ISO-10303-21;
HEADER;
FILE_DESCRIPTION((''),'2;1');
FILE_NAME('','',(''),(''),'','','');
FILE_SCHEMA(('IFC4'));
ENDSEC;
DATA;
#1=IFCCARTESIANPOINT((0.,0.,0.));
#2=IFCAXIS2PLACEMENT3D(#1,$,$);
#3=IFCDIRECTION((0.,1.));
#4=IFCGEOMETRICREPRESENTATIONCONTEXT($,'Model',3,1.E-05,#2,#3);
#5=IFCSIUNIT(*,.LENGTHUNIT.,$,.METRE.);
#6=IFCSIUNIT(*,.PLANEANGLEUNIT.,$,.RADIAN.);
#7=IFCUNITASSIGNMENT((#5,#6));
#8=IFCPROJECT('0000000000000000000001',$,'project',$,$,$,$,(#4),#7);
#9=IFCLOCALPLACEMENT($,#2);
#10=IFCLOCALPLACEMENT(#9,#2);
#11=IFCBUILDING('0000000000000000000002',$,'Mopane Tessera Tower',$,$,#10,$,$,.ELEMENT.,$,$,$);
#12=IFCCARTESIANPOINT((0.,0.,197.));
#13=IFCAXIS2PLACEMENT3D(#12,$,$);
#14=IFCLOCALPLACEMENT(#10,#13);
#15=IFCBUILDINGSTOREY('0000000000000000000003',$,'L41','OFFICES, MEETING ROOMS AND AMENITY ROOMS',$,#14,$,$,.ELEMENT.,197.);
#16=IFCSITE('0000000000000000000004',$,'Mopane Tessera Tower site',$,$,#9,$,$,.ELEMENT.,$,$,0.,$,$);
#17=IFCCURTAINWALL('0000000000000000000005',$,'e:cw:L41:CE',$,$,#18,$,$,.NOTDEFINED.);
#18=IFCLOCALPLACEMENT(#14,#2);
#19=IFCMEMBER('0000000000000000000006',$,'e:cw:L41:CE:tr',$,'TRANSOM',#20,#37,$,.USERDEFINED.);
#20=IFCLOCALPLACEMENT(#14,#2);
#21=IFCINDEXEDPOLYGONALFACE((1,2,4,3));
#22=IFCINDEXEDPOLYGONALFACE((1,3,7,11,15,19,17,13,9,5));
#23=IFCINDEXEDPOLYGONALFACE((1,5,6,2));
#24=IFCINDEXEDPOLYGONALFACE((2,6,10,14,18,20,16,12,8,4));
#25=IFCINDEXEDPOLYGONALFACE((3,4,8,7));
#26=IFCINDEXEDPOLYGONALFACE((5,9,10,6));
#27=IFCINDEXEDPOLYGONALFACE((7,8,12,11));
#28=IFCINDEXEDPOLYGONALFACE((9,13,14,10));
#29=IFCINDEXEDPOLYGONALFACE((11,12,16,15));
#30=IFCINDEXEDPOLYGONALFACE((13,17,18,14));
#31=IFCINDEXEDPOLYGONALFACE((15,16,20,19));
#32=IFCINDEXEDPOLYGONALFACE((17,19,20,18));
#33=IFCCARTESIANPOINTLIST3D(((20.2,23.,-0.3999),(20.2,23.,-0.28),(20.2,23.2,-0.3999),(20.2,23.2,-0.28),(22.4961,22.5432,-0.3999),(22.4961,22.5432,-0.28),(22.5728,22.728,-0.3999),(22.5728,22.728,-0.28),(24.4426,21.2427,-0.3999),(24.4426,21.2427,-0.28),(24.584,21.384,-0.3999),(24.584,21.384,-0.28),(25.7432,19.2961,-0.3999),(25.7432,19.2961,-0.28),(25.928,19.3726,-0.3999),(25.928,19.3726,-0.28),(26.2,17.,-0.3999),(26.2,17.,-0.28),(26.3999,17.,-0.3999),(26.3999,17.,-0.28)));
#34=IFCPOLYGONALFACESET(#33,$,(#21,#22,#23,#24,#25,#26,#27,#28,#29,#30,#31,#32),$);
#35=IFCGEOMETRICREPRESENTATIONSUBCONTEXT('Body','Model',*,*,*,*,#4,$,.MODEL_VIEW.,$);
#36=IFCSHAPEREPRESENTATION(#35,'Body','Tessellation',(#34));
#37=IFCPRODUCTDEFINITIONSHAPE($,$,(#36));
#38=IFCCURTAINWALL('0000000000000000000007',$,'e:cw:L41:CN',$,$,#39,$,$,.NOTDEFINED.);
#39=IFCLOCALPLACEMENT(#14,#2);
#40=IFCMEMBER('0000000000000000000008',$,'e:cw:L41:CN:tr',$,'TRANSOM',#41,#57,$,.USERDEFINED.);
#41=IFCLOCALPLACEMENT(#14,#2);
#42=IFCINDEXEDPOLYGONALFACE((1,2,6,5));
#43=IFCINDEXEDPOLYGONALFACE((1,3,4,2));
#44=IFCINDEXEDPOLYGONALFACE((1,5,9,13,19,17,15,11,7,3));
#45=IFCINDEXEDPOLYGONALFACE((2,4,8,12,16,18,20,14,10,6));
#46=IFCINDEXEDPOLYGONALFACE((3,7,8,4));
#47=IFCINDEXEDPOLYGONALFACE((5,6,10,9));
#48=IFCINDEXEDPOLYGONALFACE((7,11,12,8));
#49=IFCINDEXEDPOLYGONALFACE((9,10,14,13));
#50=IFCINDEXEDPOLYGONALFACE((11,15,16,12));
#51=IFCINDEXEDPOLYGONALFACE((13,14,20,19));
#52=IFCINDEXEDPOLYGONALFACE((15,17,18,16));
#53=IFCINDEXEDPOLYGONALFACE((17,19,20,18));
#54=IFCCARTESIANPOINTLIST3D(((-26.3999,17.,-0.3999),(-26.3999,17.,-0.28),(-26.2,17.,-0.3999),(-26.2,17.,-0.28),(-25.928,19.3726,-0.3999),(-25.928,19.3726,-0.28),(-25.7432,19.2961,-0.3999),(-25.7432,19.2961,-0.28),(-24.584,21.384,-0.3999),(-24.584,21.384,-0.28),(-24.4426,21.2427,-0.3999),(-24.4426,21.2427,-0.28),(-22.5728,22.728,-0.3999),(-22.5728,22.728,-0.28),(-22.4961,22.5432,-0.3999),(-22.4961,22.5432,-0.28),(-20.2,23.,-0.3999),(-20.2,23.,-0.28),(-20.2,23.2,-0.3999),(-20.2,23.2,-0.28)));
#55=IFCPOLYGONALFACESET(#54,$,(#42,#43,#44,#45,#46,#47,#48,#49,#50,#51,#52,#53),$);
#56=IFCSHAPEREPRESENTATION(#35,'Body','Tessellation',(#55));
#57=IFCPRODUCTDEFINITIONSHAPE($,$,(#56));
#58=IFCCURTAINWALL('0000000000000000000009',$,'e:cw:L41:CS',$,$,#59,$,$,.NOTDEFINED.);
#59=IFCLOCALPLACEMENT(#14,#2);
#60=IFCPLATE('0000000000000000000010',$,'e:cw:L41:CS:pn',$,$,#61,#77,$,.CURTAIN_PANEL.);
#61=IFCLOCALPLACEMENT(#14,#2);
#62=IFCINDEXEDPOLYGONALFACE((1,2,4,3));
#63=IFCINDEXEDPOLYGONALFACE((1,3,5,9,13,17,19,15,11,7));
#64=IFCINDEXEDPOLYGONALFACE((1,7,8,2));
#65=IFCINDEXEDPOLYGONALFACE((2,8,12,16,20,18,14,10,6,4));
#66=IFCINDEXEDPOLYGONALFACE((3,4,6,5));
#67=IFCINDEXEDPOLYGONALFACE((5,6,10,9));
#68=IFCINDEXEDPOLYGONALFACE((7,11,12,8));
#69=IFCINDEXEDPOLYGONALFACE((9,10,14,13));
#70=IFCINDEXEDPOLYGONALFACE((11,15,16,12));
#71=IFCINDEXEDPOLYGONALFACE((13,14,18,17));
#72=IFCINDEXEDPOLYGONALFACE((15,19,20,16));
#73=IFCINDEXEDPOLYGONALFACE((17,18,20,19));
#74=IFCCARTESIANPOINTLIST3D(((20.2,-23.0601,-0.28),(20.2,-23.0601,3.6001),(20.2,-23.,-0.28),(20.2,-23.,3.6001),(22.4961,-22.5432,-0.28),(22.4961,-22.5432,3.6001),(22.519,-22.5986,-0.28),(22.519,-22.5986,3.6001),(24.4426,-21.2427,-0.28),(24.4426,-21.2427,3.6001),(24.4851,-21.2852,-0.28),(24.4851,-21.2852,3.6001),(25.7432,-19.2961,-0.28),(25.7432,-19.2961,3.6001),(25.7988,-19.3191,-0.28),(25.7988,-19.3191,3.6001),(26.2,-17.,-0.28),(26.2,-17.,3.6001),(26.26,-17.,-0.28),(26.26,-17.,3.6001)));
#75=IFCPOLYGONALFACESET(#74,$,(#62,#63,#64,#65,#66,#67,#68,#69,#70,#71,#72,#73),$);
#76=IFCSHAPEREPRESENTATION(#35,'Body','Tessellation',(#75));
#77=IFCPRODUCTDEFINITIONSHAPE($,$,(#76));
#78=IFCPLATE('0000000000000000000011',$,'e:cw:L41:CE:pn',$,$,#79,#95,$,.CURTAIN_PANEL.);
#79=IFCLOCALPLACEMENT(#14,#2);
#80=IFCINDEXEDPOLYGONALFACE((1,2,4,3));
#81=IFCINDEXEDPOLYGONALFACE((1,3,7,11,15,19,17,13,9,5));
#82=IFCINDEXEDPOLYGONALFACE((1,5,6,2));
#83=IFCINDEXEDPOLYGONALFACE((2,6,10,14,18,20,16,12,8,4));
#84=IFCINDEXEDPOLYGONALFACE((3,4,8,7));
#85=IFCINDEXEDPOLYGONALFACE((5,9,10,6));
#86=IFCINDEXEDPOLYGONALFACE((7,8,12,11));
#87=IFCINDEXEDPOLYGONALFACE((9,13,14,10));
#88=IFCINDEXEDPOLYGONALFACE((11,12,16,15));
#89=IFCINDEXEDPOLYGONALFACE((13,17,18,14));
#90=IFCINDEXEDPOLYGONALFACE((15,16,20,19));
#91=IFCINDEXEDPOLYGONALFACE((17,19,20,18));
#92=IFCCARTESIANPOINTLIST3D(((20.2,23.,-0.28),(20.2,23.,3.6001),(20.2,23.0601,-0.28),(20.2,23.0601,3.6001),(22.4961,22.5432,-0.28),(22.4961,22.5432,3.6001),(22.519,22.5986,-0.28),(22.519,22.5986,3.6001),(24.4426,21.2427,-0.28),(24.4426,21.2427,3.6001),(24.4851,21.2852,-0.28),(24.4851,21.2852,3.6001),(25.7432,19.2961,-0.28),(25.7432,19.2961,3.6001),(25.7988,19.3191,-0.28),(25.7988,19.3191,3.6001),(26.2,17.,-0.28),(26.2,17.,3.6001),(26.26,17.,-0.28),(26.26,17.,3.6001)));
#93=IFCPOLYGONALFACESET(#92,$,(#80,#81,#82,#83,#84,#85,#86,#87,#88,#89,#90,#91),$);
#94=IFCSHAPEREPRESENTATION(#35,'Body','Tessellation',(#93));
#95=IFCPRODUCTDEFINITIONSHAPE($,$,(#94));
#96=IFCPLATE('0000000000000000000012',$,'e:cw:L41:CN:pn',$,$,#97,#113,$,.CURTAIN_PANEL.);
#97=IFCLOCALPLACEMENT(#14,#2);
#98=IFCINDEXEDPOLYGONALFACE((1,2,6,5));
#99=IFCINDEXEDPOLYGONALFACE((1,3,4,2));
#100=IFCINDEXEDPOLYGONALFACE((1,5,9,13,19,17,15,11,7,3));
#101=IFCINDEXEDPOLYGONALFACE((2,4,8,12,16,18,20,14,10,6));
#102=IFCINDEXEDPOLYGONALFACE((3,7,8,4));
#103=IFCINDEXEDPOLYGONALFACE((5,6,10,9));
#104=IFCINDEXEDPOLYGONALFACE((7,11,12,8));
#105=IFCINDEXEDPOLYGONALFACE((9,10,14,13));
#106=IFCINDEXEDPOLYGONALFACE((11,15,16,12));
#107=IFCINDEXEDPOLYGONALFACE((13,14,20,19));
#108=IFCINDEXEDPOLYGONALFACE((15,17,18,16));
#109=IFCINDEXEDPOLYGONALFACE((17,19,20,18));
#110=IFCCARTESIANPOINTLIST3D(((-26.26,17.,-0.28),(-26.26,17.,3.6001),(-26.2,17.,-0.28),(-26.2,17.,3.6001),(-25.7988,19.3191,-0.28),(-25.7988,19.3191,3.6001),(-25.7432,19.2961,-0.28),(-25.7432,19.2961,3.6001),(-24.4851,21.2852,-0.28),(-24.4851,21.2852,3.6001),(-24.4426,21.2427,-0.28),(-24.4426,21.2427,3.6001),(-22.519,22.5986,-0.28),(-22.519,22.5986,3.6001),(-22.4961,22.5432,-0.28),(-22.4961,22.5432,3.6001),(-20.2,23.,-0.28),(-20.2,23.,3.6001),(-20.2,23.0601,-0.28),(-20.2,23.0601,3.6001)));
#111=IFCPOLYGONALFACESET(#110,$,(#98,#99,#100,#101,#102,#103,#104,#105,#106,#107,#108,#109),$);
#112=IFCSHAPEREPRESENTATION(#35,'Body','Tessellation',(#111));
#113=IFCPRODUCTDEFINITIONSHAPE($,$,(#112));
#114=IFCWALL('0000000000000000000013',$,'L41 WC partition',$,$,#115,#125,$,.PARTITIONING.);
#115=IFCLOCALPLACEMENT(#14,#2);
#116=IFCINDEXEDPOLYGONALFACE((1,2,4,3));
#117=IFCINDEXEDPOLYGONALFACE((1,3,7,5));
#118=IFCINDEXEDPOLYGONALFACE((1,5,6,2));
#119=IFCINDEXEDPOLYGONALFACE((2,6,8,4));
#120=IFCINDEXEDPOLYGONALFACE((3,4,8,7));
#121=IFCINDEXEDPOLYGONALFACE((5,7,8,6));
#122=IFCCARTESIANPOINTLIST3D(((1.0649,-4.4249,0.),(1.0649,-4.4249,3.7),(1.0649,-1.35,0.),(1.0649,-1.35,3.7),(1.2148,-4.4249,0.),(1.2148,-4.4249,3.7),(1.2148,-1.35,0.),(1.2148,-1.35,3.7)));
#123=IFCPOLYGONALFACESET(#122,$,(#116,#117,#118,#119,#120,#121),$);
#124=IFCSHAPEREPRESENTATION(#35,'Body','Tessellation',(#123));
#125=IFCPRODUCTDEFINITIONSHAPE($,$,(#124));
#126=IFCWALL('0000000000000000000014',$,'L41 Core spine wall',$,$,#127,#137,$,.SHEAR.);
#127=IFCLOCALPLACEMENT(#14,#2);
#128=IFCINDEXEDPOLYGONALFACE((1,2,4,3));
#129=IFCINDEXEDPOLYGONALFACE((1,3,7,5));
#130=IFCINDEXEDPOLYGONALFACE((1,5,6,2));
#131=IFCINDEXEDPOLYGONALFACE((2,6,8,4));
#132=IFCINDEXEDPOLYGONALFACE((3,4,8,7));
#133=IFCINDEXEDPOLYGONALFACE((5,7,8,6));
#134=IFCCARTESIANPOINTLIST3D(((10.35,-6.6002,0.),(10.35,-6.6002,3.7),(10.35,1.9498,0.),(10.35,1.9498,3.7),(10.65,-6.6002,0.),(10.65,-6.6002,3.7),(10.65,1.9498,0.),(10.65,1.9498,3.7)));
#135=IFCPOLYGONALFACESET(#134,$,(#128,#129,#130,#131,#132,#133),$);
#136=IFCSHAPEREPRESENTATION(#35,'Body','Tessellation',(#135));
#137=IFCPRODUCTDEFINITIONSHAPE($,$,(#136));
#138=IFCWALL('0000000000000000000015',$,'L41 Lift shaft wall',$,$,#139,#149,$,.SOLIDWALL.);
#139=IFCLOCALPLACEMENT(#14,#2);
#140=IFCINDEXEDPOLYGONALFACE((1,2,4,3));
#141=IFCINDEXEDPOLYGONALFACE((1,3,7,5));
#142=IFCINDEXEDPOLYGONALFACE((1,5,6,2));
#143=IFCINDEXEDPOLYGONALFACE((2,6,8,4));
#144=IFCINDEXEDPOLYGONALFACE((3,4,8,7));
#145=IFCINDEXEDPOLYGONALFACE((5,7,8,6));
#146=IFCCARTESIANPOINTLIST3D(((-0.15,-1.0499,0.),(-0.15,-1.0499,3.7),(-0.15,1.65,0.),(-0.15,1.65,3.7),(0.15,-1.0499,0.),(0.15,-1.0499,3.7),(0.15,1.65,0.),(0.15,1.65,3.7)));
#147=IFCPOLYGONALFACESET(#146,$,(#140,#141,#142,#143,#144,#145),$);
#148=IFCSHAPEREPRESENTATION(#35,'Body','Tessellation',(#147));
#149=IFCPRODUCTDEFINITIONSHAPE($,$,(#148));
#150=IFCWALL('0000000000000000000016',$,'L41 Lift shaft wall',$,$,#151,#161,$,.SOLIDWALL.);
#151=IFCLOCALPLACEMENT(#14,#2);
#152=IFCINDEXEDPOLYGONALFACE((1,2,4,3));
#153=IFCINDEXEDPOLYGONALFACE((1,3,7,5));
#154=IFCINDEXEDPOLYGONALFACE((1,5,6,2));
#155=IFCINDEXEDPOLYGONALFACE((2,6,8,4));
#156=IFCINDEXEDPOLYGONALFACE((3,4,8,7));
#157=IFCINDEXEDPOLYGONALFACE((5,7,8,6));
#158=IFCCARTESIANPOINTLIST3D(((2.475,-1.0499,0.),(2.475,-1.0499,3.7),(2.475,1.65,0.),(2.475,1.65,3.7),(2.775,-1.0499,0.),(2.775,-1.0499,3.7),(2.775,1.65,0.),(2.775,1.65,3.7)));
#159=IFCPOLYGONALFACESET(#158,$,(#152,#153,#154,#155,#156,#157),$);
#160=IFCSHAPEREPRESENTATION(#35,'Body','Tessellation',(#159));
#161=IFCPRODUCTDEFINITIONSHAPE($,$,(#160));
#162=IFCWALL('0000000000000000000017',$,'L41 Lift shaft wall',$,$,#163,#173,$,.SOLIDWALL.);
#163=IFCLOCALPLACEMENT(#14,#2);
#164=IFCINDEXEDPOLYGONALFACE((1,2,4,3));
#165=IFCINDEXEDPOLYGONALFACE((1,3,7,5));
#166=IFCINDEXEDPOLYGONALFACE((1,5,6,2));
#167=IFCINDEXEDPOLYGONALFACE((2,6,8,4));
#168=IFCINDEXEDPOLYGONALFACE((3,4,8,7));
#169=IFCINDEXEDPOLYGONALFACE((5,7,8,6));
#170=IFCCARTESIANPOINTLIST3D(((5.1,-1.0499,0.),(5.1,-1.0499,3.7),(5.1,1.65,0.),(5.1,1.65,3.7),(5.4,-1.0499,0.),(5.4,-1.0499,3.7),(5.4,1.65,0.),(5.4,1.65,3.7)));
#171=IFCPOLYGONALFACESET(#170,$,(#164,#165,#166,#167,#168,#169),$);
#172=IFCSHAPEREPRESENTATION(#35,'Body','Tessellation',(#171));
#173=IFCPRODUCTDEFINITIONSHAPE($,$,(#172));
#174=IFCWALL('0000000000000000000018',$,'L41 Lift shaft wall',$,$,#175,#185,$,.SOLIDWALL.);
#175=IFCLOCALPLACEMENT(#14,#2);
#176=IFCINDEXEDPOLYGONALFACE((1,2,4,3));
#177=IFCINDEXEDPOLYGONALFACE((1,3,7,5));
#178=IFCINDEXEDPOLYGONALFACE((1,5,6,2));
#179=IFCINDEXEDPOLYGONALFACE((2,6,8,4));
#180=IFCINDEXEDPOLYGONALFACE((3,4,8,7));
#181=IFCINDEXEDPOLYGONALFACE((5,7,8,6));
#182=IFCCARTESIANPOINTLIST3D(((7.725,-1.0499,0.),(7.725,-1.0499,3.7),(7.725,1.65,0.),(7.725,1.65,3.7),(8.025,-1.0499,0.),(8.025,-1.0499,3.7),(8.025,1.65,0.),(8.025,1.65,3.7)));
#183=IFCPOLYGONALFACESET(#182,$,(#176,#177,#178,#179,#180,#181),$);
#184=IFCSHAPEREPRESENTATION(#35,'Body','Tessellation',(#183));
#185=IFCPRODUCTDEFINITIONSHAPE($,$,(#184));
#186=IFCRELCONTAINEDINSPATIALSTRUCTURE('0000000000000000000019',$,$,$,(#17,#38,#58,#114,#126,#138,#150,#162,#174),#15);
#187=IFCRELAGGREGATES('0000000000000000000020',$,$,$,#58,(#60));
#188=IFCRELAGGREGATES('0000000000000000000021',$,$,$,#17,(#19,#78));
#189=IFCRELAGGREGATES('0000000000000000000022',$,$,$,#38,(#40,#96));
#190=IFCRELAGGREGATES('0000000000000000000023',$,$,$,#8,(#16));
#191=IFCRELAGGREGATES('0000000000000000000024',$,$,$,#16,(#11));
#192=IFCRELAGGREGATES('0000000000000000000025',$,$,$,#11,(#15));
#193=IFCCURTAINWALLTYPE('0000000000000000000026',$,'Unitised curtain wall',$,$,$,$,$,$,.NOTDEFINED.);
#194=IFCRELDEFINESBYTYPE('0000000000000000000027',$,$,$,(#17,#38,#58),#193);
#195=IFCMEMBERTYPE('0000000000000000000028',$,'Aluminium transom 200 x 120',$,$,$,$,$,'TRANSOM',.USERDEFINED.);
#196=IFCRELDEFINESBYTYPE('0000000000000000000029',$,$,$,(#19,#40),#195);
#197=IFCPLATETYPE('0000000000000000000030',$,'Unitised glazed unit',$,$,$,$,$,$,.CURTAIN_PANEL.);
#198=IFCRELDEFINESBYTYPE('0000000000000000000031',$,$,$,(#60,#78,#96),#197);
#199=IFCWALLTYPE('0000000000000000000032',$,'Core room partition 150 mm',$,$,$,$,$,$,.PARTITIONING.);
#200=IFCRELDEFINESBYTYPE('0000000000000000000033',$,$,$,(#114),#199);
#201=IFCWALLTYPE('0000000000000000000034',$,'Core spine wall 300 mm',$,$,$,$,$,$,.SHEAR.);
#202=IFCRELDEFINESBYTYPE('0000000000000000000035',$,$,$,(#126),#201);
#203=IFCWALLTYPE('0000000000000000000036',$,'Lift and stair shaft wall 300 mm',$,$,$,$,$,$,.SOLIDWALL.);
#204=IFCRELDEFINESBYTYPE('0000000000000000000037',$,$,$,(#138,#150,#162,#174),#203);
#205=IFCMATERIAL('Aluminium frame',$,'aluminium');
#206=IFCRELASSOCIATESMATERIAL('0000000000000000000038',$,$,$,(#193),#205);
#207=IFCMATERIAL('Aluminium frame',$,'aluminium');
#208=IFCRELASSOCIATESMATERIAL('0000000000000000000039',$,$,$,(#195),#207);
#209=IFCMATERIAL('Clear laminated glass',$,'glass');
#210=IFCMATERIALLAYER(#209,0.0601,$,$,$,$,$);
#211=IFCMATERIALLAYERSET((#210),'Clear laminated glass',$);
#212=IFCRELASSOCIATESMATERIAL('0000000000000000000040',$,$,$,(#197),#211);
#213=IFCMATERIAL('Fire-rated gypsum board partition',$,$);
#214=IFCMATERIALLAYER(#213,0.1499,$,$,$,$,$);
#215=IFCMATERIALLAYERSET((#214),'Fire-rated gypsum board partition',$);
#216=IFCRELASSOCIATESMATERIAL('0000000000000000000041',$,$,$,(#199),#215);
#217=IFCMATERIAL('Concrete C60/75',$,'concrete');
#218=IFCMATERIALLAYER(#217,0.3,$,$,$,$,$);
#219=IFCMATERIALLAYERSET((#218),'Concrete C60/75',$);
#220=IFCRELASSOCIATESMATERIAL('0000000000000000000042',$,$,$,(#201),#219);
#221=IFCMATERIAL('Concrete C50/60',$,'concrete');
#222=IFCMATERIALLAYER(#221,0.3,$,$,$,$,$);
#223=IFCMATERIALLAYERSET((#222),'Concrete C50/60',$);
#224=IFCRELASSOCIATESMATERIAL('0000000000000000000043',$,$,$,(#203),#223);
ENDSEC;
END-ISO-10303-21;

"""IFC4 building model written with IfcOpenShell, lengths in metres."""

from ifc_helpers import new_model, si_unit, direction, frame, frame_2d, origin, origin_2d, place, context, subcontext, project, spatial, polyline, rectangle, outline, extrude, material, layer, layer_set, material_profile, profile_set, type_object, element, aggregate, save


model = new_model("IFC4")

# Units and contexts
model_context = context("Model", 3, precision=1e-05, world=origin(), true_north=direction((0.0, 1.0)))
body_context = subcontext(model_context, "Body", "Model", "MODEL_VIEW")
ifc_project = project(units=[si_unit("LENGTHUNIT", "METRE"), si_unit("PLANEANGLEUNIT", "RADIAN")], contexts=[model_context])

# Site, building, storey
site_placement = place(None, origin())
site = spatial("IfcSite", under=ifc_project, at=site_placement, Name="Mopane Tessera Tower site", CompositionType="ELEMENT", RefElevation=0.0)
building_placement = place(site_placement, origin())
building = spatial("IfcBuilding", under=site, at=building_placement, Name="Mopane Tessera Tower", CompositionType="ELEMENT")
storey_placement = place(building_placement, frame((0.0, 0.0, 197.0)))
storey = spatial("IfcBuildingStorey", under=building, at=storey_placement, Name="L41", Description="OFFICES, MEETING ROOMS AND AMENITY ROOMS", CompositionType="ELEMENT", Elevation=197.0)

# Curtain walls, members
ifc_material_1 = material(Name="Aluminium frame", Category="aluminium")
curtain_wall_type = type_object("IfcCurtainWallType", Name="Unitised curtain wall", PredefinedType="NOTDEFINED", material=ifc_material_1)
curtain_wall_1_placement = place(storey_placement, origin())
curtain_wall_1 = element("IfcCurtainWall", 1, at=curtain_wall_1_placement, inside=storey, type_object=curtain_wall_type, Name="e:cw:L41:CE", PredefinedType="NOTDEFINED")
ifc_material_2 = material(Name="Aluminium frame", Category="aluminium")
ifc_material_profile = material_profile(ifc_material_2, rectangle(XDim=0.2, YDim=0.1201, at=origin_2d()))
ifc_profile_set = profile_set([ifc_material_profile], Name="Aluminium frame")
member_type = type_object("IfcMemberType", Name="Aluminium transom 200 x 120", ElementType="TRANSOM", PredefinedType="USERDEFINED", material=ifc_profile_set)
member_1_placement = place(storey_placement, frame((0.0, 0.0, -0.3999)))
member_1 = element("IfcMember", 2, at=member_1_placement, type_object=member_type, Name="e:cw:L41:CE:tr", ObjectType="TRANSOM", PredefinedType="USERDEFINED", context=body_context, shape_type="SweptSolid", body=[
    extrude(outline(polyline([(26.2, 17.0), (25.7432, 19.2961), (24.4426, 21.2427), (22.4961, 22.5432), (20.2, 23.0), (20.2, 23.2), (22.5728, 22.728), (24.584, 21.384), (25.928, 19.3726), (26.3999, 17.0), (26.2, 17.0)])), origin(), (0.0, 0.0, 1.0), 0.1199),
])
curtain_wall_2_placement = place(storey_placement, origin())
curtain_wall_2 = element("IfcCurtainWall", 3, at=curtain_wall_2_placement, inside=storey, type_object=curtain_wall_type, Name="e:cw:L41:CN", PredefinedType="NOTDEFINED")
member_2_placement = place(storey_placement, frame((0.0, 0.0, -0.3999)))
member_2 = element("IfcMember", 4, at=member_2_placement, type_object=member_type, Name="e:cw:L41:CN:tr", ObjectType="TRANSOM", PredefinedType="USERDEFINED", context=body_context, shape_type="SweptSolid", body=[
    extrude(outline(polyline([(-20.2, 23.0), (-22.4961, 22.5432), (-24.4426, 21.2427), (-25.7432, 19.2961), (-26.2, 17.0), (-26.3999, 17.0), (-25.928, 19.3726), (-24.584, 21.384), (-22.5728, 22.728), (-20.2, 23.2), (-20.2, 23.0)])), origin(), (0.0, 0.0, 1.0), 0.1199),
])

# Curtain wall, plate
curtain_wall_3_placement = place(storey_placement, origin())
curtain_wall_3 = element("IfcCurtainWall", 5, at=curtain_wall_3_placement, inside=storey, type_object=curtain_wall_type, Name="e:cw:L41:CS", PredefinedType="NOTDEFINED")
ifc_material_3 = material(Name="Clear laminated glass", Category="glass")
ifc_layer_1 = layer(ifc_material_3, 0.0601)
ifc_layer_set_1 = layer_set([ifc_layer_1], Name="Clear laminated glass")
plate_type = type_object("IfcPlateType", Name="Unitised glazed unit", PredefinedType="CURTAIN_PANEL", material=ifc_layer_set_1)
plate_1_placement = place(storey_placement, frame((0.0, 0.0, -0.28)))
plate_1 = element("IfcPlate", 6, at=plate_1_placement, type_object=plate_type, Name="e:cw:L41:CS:pn", PredefinedType="CURTAIN_PANEL", context=body_context, shape_type="SweptSolid", body=[
    extrude(outline(polyline([(20.2, -23.0), (22.4961, -22.5432), (24.4426, -21.2427), (25.7432, -19.2961), (26.2, -17.0), (26.26, -17.0), (25.7988, -19.3191), (24.4851, -21.2852), (22.519, -22.5986), (20.2, -23.0601), (20.2, -23.0)])), origin(), (0.0, 0.0, 1.0), 3.8801),
])
aggregate(curtain_wall_3, [plate_1])

# Plates
plate_2_placement = place(storey_placement, frame((0.0, 0.0, -0.28)))
plate_2 = element("IfcPlate", 7, at=plate_2_placement, type_object=plate_type, Name="e:cw:L41:CE:pn", PredefinedType="CURTAIN_PANEL", context=body_context, shape_type="SweptSolid", body=[
    extrude(outline(polyline([(26.2, 17.0), (25.7432, 19.2961), (24.4426, 21.2427), (22.4961, 22.5432), (20.2, 23.0), (20.2, 23.0601), (22.519, 22.5986), (24.4851, 21.2852), (25.7988, 19.3191), (26.26, 17.0), (26.2, 17.0)])), origin(), (0.0, 0.0, 1.0), 3.8801),
])
aggregate(curtain_wall_1, [member_1, plate_2])
plate_3_placement = place(storey_placement, frame((0.0, 0.0, -0.28)))
plate_3 = element("IfcPlate", 8, at=plate_3_placement, type_object=plate_type, Name="e:cw:L41:CN:pn", PredefinedType="CURTAIN_PANEL", context=body_context, shape_type="SweptSolid", body=[
    extrude(outline(polyline([(-20.2, 23.0), (-22.4961, 22.5432), (-24.4426, 21.2427), (-25.7432, 19.2961), (-26.2, 17.0), (-26.26, 17.0), (-25.7988, 19.3191), (-24.4851, 21.2852), (-22.519, 22.5986), (-20.2, 23.0601), (-20.2, 23.0)])), origin(), (0.0, 0.0, 1.0), 3.8801),
])
aggregate(curtain_wall_2, [member_2, plate_3])

# Walls
ifc_material_4 = material(Name="Fire-rated gypsum board partition")
ifc_layer_2 = layer(ifc_material_4, 0.1499)
ifc_layer_set_2 = layer_set([ifc_layer_2], Name="Fire-rated gypsum board partition")
wall_type_1 = type_object("IfcWallType", Name="Core room partition 150 mm", PredefinedType="PARTITIONING", material=ifc_layer_set_2)
wall_1_placement = place(storey_placement, frame((1.1399, -4.425, 0.0), z_axis=(0.0, 0.0, 1.0), x_axis=(0.0, 1.0, 0.0)))
element("IfcWall", 9, at=wall_1_placement, inside=storey, type_object=wall_type_1, Name="L41 WC partition", PredefinedType="PARTITIONING", context=body_context, shape_type="SweptSolid", body=[
    extrude(rectangle(XDim=3.075, YDim=0.1499, at=frame_2d((1.5376, 0.0))), origin(), (0.0, 0.0, 1.0), 3.7),
])
ifc_material_5 = material(Name="Concrete C60/75", Category="concrete")
ifc_layer_3 = layer(ifc_material_5, 0.3)
ifc_layer_set_3 = layer_set([ifc_layer_3], Name="Concrete C60/75")
wall_type_2 = type_object("IfcWallType", Name="Core spine wall 300 mm", PredefinedType="SHEAR", material=ifc_layer_set_3)
wall_2_placement = place(storey_placement, frame((10.5, -6.6001, 0.0), z_axis=(0.0, 0.0, 1.0), x_axis=(0.0, 1.0, 0.0)))
element("IfcWall", 10, at=wall_2_placement, inside=storey, type_object=wall_type_2, Name="L41 Core spine wall", PredefinedType="SHEAR", context=body_context, shape_type="SweptSolid", body=[
    extrude(rectangle(XDim=8.55, YDim=0.3, at=frame_2d((4.2749, 0.0))), origin(), (0.0, 0.0, 1.0), 3.7),
])
ifc_material_6 = material(Name="Concrete C50/60", Category="concrete")
ifc_layer_4 = layer(ifc_material_6, 0.3)
ifc_layer_set_4 = layer_set([ifc_layer_4], Name="Concrete C50/60")
wall_type_3 = type_object("IfcWallType", Name="Lift and stair shaft wall 300 mm", PredefinedType="SOLIDWALL", material=ifc_layer_set_4)
for number, where, z_axis, x_axis, name in (
    (11, (0.0, -1.05, 0.0), (0.0, 0.0, 1.0), (0.0, 1.0, 0.0), "L41 Lift shaft wall"),
    (12, (2.625, -1.05, 0.0), (0.0, 0.0, 1.0), (0.0, 1.0, 0.0), "L41 Lift shaft wall"),
    (13, (5.25, -1.05, 0.0), (0.0, 0.0, 1.0), (0.0, 1.0, 0.0), "L41 Lift shaft wall"),
    (14, (7.875, -1.05, 0.0), (0.0, 0.0, 1.0), (0.0, 1.0, 0.0), "L41 Lift shaft wall"),
):
    element("IfcWall", number, at=place(storey_placement, frame(where, z_axis=z_axis, x_axis=x_axis)), inside=storey, type_object=wall_type_3, Name=name, PredefinedType="SOLIDWALL", context=body_context, shape_type="SweptSolid", body=[
        extrude(rectangle(XDim=2.7, YDim=0.3, at=frame_2d((1.3501, 0.0))), origin(), (0.0, 0.0, 1.0), 3.7),
    ])

save(model, "model.ifc")
